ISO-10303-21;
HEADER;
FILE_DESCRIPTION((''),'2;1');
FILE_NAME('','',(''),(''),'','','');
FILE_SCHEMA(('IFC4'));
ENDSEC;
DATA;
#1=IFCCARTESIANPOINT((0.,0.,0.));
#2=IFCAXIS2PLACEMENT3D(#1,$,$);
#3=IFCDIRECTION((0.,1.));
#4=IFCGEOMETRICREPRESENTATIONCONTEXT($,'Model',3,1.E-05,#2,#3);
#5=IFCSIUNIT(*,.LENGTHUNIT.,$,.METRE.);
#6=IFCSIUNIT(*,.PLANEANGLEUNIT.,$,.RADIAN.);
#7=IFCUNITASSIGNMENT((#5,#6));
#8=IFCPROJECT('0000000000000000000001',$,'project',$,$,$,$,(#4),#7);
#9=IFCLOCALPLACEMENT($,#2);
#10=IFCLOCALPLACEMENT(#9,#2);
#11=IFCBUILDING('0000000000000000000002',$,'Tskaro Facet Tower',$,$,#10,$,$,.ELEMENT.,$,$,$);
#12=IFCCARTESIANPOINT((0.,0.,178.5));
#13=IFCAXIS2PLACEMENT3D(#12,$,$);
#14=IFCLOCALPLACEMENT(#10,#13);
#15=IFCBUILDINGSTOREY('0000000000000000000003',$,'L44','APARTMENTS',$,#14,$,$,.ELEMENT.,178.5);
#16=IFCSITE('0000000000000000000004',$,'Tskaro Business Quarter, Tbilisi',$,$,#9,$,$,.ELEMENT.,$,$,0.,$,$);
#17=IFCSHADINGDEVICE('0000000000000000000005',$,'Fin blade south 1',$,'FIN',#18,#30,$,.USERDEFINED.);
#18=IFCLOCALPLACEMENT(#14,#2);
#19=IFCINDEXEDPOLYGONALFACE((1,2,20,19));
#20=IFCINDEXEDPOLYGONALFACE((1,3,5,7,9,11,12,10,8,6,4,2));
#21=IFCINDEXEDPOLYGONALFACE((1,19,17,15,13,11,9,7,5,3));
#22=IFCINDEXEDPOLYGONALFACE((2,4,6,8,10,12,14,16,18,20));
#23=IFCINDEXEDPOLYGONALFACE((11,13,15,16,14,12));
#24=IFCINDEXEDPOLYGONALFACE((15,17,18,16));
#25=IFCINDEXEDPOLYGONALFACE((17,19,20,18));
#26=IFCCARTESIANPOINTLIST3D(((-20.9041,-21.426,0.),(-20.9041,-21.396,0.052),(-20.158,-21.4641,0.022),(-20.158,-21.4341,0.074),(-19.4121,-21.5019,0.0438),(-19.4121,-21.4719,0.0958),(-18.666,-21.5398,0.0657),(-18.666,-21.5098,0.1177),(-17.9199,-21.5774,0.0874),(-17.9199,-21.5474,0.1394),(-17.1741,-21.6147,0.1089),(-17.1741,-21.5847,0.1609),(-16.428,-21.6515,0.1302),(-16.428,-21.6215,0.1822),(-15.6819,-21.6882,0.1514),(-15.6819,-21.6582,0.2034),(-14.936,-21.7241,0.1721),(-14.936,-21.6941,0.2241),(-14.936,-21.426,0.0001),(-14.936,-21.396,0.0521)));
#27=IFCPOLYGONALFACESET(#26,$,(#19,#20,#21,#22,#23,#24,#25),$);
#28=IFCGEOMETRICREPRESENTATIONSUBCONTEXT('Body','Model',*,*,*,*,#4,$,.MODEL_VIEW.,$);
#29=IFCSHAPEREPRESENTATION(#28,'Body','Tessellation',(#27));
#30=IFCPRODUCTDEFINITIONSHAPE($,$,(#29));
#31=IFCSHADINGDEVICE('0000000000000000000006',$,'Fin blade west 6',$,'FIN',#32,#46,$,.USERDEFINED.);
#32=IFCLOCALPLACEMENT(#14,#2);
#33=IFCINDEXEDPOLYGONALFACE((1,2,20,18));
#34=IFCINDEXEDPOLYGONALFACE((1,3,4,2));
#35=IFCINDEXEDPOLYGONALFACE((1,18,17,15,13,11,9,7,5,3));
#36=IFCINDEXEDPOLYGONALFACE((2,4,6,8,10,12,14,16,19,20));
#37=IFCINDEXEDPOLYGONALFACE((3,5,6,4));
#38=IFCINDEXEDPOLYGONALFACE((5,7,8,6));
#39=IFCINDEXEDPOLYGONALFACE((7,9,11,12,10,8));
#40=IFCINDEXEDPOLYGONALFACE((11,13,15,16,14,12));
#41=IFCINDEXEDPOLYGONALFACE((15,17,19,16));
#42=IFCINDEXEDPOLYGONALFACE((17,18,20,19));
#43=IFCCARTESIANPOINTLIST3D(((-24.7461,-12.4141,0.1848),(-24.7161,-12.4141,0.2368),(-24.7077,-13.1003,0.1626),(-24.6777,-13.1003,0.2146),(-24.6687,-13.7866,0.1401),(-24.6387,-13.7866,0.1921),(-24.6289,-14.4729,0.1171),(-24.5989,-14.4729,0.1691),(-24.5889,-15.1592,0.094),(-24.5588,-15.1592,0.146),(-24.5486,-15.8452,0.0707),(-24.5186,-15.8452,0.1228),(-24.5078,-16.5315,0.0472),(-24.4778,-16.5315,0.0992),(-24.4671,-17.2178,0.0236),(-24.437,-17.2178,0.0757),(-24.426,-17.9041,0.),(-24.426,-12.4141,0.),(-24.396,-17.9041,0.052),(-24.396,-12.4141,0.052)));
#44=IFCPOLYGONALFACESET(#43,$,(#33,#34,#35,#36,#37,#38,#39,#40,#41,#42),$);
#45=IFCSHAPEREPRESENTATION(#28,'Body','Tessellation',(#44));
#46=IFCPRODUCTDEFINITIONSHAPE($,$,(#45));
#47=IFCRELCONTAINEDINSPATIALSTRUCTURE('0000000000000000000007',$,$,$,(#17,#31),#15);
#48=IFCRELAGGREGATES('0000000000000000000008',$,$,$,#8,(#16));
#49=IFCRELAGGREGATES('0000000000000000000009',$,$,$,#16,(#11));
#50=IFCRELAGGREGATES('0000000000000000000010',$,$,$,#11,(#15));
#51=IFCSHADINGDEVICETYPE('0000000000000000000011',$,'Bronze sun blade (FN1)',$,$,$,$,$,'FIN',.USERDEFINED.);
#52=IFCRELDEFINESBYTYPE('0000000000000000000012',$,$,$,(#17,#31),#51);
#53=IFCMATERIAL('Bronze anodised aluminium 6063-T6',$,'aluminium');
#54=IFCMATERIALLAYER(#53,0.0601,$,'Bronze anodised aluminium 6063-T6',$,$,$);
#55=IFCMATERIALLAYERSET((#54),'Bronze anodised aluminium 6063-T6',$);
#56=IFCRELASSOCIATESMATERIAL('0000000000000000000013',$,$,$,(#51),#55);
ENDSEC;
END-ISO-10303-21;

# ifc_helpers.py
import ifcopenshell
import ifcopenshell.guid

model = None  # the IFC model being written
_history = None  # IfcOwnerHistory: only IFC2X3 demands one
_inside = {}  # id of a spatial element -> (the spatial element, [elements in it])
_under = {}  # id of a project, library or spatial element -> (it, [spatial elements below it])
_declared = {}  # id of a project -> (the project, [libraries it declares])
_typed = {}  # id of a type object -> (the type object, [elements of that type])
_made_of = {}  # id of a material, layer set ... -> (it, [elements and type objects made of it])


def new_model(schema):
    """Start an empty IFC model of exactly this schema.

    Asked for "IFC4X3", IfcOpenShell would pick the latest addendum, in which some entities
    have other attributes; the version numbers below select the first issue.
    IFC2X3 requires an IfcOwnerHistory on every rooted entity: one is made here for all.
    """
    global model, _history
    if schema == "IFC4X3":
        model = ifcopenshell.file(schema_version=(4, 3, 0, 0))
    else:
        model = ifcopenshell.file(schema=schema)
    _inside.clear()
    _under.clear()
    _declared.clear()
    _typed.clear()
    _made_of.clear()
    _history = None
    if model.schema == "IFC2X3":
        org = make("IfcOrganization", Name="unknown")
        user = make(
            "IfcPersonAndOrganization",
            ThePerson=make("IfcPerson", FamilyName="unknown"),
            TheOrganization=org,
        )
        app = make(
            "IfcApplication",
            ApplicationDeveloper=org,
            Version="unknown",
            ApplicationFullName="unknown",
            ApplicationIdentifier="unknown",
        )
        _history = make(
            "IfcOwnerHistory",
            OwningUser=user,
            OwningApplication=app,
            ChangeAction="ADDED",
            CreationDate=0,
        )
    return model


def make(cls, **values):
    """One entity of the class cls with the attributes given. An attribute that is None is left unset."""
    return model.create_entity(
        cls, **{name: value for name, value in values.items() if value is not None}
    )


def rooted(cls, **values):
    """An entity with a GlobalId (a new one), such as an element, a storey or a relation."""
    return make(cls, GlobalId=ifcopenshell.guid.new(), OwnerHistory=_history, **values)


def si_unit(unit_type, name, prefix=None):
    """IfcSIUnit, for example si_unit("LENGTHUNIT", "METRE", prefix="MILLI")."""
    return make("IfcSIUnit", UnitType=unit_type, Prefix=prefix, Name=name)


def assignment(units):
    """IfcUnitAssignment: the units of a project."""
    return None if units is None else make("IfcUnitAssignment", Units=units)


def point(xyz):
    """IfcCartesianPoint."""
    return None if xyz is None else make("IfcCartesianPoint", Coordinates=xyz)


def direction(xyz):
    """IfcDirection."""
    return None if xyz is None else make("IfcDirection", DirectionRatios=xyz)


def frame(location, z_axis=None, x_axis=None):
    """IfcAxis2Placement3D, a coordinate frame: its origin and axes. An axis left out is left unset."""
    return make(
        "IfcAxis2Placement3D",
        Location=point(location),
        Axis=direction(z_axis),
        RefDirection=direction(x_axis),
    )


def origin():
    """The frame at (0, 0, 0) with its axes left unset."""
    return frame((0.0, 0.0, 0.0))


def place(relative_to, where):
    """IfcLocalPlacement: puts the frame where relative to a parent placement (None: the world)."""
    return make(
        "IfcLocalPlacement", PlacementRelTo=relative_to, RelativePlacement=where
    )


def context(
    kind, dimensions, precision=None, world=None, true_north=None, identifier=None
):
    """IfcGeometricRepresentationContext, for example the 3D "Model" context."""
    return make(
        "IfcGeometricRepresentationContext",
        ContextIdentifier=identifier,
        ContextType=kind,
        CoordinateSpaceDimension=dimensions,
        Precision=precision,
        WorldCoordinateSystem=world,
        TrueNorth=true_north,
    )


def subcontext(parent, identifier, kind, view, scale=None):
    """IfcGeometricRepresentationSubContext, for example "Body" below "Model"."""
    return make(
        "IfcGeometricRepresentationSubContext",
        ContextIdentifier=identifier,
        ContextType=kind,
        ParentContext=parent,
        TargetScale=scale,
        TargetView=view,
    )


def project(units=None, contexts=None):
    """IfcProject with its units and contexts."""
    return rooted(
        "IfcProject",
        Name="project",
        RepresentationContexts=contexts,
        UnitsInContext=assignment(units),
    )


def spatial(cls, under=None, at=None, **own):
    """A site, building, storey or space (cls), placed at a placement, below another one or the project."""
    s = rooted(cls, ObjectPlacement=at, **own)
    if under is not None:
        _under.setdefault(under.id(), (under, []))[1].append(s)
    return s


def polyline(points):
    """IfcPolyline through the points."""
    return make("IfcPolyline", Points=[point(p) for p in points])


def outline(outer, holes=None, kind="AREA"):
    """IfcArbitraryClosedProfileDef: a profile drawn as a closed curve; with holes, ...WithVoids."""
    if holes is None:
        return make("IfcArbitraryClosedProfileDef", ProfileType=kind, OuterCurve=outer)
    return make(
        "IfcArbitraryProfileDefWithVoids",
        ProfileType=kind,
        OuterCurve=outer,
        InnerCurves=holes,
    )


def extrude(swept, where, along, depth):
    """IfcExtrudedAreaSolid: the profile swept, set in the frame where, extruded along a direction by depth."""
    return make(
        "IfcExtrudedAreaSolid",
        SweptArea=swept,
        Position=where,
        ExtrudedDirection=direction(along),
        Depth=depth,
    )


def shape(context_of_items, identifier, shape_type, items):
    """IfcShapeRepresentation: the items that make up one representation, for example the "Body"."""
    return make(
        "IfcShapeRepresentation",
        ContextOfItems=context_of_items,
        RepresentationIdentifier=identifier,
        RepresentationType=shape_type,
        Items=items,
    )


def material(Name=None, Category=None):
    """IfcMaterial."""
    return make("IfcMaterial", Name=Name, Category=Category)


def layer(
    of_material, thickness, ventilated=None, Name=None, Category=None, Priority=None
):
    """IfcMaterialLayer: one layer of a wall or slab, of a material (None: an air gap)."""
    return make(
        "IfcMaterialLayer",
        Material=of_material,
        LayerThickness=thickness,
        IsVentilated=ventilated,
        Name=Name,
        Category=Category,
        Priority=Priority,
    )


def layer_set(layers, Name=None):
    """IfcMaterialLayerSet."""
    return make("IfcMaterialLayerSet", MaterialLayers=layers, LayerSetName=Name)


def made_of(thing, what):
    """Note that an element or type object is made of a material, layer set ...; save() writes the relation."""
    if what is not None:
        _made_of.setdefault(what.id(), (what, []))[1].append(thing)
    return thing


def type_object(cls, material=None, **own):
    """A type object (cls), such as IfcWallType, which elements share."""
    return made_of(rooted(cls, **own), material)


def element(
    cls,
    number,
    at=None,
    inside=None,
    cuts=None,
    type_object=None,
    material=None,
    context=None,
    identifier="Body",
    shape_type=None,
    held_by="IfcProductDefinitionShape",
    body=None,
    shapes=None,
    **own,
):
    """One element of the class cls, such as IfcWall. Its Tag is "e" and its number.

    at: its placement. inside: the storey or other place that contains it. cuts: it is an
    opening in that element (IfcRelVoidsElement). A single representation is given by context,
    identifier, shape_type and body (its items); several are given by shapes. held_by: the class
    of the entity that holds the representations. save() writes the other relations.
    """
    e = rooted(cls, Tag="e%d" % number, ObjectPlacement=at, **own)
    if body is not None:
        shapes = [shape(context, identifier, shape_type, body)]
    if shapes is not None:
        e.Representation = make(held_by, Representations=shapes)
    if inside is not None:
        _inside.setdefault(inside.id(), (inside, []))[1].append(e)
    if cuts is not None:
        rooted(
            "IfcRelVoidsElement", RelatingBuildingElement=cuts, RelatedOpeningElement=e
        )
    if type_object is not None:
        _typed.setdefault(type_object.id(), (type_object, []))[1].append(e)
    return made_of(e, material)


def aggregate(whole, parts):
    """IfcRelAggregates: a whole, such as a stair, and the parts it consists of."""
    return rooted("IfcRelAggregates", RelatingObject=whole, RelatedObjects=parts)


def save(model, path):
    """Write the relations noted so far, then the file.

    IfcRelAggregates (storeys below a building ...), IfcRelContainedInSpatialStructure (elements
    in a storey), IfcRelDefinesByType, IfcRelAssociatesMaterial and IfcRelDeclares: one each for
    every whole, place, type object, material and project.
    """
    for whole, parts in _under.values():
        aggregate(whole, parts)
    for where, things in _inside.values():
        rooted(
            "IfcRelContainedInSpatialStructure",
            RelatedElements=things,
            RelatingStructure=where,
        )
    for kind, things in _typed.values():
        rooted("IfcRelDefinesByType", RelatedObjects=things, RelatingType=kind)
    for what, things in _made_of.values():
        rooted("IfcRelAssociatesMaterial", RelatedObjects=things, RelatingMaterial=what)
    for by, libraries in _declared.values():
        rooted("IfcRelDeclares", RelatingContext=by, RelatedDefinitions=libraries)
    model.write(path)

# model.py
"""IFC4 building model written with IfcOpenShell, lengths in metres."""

from ifc_helpers import new_model, si_unit, direction, frame, origin, place, context, subcontext, project, spatial, polyline, outline, extrude, material, layer, layer_set, type_object, element, save


model = new_model("IFC4")

# Units and contexts
model_context = context("Model", 3, precision=1e-05, world=origin(), true_north=direction((0.0, 1.0)))
body_context = subcontext(model_context, "Body", "Model", "MODEL_VIEW")
ifc_project = project(units=[si_unit("LENGTHUNIT", "METRE"), si_unit("PLANEANGLEUNIT", "RADIAN")], contexts=[model_context])

# Site, building, storey
site_placement = place(None, origin())
site = spatial("IfcSite", under=ifc_project, at=site_placement, Name="Tskaro Business Quarter, Tbilisi", CompositionType="ELEMENT", RefElevation=0.0)
building_placement = place(site_placement, origin())
building = spatial("IfcBuilding", under=site, at=building_placement, Name="Tskaro Facet Tower", CompositionType="ELEMENT")
storey_placement = place(building_placement, frame((0.0, 0.0, 178.5)))
storey = spatial("IfcBuildingStorey", under=building, at=storey_placement, Name="L44", Description="APARTMENTS", CompositionType="ELEMENT", Elevation=178.5)

# Shared definitions
ifc_material_1 = material(Name="Bronze anodised aluminium 6063-T6", Category="aluminium")

# Shading devices
ifc_layer_1 = layer(ifc_material_1, 0.0601, Name="Bronze anodised aluminium 6063-T6")
ifc_layer_set_1 = layer_set([ifc_layer_1], Name="Bronze anodised aluminium 6063-T6")
shading_device_type = type_object("IfcShadingDeviceType", Name="Bronze sun blade (FN1)", ElementType="FIN", PredefinedType="USERDEFINED", material=ifc_layer_set_1)
shading_device_1_placement = place(storey_placement, frame((-20.9041, -21.396, 0.052), z_axis=(-0.000015, 0.499811, 0.866134), x_axis=(1.0, 0.000007, 0.000013)))
element("IfcShadingDevice", 1, at=shading_device_1_placement, inside=storey, type_object=shading_device_type, Name="Fin blade south 1", ObjectType="FIN", PredefinedType="USERDEFINED", context=body_context, shape_type="SweptSolid", body=[
    extrude(outline(polyline([(0.0, 0.0), (5.968, 0.0), (5.968, -0.3442), (5.2222, -0.3028), (4.4761, -0.2604), (3.73, -0.2179), (2.9841, -0.1748), (2.238, -0.1314), (1.4919, -0.0876), (0.7461, -0.044), (0.0, 0.0)])), origin(), (0.0, 0.0, -1.0), 0.0601),
])
shading_device_2_placement = place(storey_placement, frame((-24.396, -12.4141, 0.052), z_axis=(0.499974, -0.000006, 0.86604), x_axis=(-0.000003, -1.0, -0.000005)))
element("IfcShadingDevice", 2, at=shading_device_2_placement, inside=storey, type_object=shading_device_type, Name="Fin blade west 6", ObjectType="FIN", PredefinedType="USERDEFINED", context=body_context, shape_type="SweptSolid", body=[
    extrude(outline(polyline([(0.0, 0.0), (5.49, 0.0), (4.8037, -0.0474), (4.1174, -0.0944), (3.4312, -0.1415), (2.7451, -0.188), (2.0588, -0.2343), (1.3726, -0.2802), (0.6863, -0.3253), (0.0, -0.3696), (0.0, 0.0)])), origin(), (0.0, 0.0, -1.0), 0.0601),
])

save(model, "model.ifc")
